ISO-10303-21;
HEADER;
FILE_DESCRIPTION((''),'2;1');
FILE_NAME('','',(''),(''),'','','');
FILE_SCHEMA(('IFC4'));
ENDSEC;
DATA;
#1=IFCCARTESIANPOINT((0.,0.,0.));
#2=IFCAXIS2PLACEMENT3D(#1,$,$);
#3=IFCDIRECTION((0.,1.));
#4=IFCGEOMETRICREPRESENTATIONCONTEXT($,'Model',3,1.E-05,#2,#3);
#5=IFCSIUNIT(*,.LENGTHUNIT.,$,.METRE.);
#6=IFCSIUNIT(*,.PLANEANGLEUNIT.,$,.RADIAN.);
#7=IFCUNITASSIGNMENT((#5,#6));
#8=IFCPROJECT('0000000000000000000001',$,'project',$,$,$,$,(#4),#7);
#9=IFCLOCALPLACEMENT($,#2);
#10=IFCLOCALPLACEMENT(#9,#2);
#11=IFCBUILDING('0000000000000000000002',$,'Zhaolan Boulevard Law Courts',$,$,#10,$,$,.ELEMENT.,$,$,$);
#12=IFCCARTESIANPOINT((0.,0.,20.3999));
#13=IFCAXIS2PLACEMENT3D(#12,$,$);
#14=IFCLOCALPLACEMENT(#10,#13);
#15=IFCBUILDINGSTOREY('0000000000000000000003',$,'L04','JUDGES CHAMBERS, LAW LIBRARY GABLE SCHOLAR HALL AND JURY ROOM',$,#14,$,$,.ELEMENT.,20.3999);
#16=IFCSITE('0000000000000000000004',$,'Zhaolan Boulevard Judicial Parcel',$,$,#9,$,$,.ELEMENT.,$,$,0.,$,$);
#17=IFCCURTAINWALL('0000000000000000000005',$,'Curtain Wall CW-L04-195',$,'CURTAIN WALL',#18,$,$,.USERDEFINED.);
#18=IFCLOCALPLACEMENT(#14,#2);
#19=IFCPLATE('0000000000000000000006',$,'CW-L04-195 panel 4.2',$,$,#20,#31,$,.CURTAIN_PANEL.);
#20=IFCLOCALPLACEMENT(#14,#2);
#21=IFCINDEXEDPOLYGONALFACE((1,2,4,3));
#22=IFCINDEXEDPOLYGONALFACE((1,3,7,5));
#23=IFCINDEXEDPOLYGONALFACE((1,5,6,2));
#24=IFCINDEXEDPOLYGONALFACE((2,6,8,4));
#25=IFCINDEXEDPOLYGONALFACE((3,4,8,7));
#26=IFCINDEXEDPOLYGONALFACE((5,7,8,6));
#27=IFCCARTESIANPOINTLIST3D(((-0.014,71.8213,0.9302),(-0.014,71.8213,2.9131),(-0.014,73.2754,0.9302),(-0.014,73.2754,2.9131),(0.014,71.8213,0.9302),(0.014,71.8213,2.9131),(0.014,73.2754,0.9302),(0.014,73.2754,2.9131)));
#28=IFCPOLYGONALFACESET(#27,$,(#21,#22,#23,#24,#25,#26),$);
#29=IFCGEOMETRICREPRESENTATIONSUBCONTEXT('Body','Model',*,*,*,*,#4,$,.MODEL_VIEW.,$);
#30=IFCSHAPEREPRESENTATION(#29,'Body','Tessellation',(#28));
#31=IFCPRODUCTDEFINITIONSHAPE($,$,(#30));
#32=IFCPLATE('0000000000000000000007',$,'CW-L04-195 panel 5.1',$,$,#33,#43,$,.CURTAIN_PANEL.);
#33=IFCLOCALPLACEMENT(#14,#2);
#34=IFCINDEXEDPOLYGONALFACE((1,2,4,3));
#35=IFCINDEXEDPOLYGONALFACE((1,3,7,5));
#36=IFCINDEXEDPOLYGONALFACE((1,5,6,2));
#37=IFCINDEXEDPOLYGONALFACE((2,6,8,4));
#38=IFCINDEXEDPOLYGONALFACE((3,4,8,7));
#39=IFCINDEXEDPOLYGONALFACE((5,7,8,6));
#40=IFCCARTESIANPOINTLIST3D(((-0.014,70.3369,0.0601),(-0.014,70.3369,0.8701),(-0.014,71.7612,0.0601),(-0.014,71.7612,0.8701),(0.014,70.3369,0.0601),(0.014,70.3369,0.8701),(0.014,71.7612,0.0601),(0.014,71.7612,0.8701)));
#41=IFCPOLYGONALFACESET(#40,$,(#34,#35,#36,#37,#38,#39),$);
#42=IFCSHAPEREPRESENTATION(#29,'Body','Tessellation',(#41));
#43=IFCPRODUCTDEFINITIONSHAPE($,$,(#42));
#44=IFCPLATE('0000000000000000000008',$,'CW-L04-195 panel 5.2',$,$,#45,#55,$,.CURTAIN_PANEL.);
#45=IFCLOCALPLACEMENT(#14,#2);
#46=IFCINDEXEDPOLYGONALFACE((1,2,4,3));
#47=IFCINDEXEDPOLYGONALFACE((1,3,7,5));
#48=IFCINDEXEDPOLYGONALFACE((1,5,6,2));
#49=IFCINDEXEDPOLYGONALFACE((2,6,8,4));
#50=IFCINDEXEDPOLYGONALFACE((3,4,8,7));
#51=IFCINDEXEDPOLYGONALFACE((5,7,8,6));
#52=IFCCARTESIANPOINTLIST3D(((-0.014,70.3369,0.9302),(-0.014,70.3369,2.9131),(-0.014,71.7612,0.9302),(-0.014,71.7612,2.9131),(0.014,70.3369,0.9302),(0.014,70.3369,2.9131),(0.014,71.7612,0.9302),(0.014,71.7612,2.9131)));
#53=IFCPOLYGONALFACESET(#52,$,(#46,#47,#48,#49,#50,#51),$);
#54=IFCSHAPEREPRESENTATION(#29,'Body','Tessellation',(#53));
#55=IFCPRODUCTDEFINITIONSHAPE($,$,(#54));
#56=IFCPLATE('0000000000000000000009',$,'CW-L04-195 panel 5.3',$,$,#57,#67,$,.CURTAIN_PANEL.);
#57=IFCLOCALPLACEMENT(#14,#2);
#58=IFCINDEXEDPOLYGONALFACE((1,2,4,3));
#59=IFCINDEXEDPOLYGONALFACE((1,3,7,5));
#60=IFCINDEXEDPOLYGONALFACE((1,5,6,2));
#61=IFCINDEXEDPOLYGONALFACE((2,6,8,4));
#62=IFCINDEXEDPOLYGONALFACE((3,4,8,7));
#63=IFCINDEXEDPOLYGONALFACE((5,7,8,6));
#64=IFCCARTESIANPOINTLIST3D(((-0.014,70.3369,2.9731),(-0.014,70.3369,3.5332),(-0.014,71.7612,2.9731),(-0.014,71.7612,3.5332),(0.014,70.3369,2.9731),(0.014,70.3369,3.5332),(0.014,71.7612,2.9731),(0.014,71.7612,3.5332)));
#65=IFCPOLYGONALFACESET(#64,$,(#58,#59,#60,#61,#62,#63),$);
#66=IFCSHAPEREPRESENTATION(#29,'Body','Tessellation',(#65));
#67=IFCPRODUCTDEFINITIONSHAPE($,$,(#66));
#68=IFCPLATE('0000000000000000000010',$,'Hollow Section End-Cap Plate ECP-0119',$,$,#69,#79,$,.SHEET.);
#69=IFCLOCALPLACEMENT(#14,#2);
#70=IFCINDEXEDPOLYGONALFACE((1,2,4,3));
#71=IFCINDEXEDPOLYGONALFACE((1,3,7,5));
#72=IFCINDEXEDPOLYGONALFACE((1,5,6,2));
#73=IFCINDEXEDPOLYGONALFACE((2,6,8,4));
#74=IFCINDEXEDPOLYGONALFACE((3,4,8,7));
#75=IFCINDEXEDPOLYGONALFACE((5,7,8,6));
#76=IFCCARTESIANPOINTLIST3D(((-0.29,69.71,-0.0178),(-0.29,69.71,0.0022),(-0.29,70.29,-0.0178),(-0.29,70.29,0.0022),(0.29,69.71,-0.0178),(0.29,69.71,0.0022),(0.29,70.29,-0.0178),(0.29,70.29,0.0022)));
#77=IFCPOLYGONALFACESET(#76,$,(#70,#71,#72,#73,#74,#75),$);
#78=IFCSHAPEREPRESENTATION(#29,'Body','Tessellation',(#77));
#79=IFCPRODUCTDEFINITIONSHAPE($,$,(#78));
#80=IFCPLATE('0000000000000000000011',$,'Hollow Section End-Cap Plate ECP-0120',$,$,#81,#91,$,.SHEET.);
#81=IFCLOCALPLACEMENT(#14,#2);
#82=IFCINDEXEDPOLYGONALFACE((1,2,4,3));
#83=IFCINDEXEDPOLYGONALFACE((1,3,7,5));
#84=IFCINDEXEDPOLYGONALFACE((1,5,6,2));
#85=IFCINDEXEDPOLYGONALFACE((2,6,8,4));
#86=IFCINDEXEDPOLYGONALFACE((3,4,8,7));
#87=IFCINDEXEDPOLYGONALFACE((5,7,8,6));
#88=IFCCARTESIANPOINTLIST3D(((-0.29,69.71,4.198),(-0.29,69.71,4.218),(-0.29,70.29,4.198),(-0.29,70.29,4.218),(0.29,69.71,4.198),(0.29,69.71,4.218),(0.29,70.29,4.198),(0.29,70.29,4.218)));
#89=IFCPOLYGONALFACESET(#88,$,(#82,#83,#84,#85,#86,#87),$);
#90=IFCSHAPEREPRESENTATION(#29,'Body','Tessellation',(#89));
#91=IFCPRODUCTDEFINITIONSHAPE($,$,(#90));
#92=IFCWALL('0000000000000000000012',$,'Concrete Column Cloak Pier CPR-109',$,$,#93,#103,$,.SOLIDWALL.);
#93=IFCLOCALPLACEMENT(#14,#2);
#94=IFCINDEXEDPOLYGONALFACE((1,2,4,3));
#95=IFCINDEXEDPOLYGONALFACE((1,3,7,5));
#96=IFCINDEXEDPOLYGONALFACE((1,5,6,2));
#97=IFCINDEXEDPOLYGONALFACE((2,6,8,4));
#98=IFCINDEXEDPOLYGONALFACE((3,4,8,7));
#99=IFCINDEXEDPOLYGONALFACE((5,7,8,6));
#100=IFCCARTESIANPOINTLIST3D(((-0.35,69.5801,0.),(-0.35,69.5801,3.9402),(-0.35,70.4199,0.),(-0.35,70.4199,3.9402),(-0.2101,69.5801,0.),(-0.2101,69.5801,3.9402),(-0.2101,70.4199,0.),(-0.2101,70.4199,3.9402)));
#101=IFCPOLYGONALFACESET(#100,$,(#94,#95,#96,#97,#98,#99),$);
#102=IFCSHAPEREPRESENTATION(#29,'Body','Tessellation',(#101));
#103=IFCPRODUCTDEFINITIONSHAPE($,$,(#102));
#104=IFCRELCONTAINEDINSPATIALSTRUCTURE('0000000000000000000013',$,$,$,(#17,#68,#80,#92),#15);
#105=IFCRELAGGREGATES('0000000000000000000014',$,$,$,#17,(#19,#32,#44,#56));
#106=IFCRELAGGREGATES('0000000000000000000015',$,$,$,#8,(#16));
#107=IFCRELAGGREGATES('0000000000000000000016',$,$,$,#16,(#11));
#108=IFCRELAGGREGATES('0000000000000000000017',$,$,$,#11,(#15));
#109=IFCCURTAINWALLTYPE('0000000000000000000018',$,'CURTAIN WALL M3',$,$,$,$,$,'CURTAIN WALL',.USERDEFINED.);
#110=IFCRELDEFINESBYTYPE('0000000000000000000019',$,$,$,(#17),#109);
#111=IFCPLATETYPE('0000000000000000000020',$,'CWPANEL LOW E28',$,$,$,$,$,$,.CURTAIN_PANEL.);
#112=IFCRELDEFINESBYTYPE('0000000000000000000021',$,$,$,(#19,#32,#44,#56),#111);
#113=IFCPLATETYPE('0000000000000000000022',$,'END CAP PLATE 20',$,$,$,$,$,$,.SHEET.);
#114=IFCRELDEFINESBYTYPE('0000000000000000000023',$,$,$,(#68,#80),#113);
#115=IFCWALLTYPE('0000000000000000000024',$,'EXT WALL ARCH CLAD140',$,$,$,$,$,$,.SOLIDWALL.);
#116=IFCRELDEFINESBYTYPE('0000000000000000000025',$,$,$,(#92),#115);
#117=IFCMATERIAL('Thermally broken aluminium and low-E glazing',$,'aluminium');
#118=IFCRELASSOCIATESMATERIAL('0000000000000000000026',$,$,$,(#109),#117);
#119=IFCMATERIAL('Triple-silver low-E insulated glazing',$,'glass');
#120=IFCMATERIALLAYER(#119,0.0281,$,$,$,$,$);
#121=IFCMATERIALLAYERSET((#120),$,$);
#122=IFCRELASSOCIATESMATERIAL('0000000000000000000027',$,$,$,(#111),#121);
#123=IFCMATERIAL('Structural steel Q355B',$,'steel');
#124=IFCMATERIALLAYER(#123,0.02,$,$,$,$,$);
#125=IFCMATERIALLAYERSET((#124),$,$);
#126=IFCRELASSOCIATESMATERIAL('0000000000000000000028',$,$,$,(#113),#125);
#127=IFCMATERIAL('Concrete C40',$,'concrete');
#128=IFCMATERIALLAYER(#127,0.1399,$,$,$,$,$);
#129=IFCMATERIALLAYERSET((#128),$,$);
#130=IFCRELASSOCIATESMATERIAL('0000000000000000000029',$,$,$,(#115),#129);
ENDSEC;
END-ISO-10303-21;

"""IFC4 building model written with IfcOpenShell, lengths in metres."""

from ifc_helpers import new_model, si_unit, direction, frame, frame_2d, origin, origin_2d, place, context, subcontext, project, spatial, rectangle, extrude, material, layer, layer_set, type_object, element, aggregate, save


model = new_model("IFC4")

# Units and contexts
model_context = context("Model", 3, precision=1e-05, world=origin(), true_north=direction((0.0, 1.0)))
body_context = subcontext(model_context, "Body", "Model", "MODEL_VIEW")
ifc_project = project(units=[si_unit("LENGTHUNIT", "METRE"), si_unit("PLANEANGLEUNIT", "RADIAN")], contexts=[model_context])

# Site, building, storey
site_placement = place(None, origin())
site = spatial("IfcSite", under=ifc_project, at=site_placement, Name="Zhaolan Boulevard Judicial Parcel", CompositionType="ELEMENT", RefElevation=0.0)
building_placement = place(site_placement, origin())
building = spatial("IfcBuilding", under=site, at=building_placement, Name="Zhaolan Boulevard Law Courts", CompositionType="ELEMENT")
storey_placement = place(building_placement, frame((0.0, 0.0, 20.3999)))
storey = spatial("IfcBuildingStorey", under=building, at=storey_placement, Name="L04", Description="JUDGES CHAMBERS, LAW LIBRARY GABLE SCHOLAR HALL AND JURY ROOM", CompositionType="ELEMENT", Elevation=20.3999)

# Curtain wall
ifc_material_1 = material(Name="Thermally broken aluminium and low-E glazing", Category="aluminium")
curtain_wall_type_1 = type_object("IfcCurtainWallType", Name="CURTAIN WALL M3", ElementType="CURTAIN WALL", PredefinedType="USERDEFINED", material=ifc_material_1)
curtain_wall_1_placement = place(storey_placement, origin())
curtain_wall_1 = element("IfcCurtainWall", 1, at=curtain_wall_1_placement, inside=storey, type_object=curtain_wall_type_1, Name="Curtain Wall CW-L04-195", ObjectType="CURTAIN WALL", PredefinedType="USERDEFINED")

# Plates
ifc_material_2 = material(Name="Triple-silver low-E insulated glazing", Category="glass")
ifc_layer_1 = layer(ifc_material_2, 0.0281)
ifc_layer_set_1 = layer_set([ifc_layer_1])
plate_type_1 = type_object("IfcPlateType", Name="CWPANEL LOW E28", PredefinedType="CURTAIN_PANEL", material=ifc_layer_set_1)
plate_1_placement = place(storey_placement, frame((0.0, 72.5483, 0.9302), z_axis=(0.0, 0.0, 1.0), x_axis=(0.0, -1.0, 0.0)))
plate_1 = element("IfcPlate", 2, at=plate_1_placement, type_object=plate_type_1, Name="CW-L04-195 panel 4.2", PredefinedType="CURTAIN_PANEL", context=body_context, shape_type="SweptSolid", body=[
    extrude(rectangle(XDim=1.4541, YDim=0.0281, at=origin_2d()), origin(), (0.0, 0.0, 1.0), 1.9829),
])
plate_2_placement = place(storey_placement, frame((0.0, 71.0491, 0.0601), z_axis=(0.0, 0.0, 1.0), x_axis=(0.0, -1.0, 0.0)))
plate_2 = element("IfcPlate", 3, at=plate_2_placement, type_object=plate_type_1, Name="CW-L04-195 panel 5.1", PredefinedType="CURTAIN_PANEL", context=body_context, shape_type="SweptSolid", body=[
    extrude(rectangle(XDim=1.4243, YDim=0.0281, at=origin_2d()), origin(), (0.0, 0.0, 1.0), 0.8101),
])
plate_3_placement = place(storey_placement, frame((0.0, 71.0491, 0.9302), z_axis=(0.0, 0.0, 1.0), x_axis=(0.0, -1.0, 0.0)))
plate_3 = element("IfcPlate", 4, at=plate_3_placement, type_object=plate_type_1, Name="CW-L04-195 panel 5.2", PredefinedType="CURTAIN_PANEL", context=body_context, shape_type="SweptSolid", body=[
    extrude(rectangle(XDim=1.4243, YDim=0.0281, at=origin_2d()), origin(), (0.0, 0.0, 1.0), 1.9829),
])
plate_4_placement = place(storey_placement, frame((0.0, 71.0491, 2.9731), z_axis=(0.0, 0.0, 1.0), x_axis=(0.0, -1.0, 0.0)))
plate_4 = element("IfcPlate", 5, at=plate_4_placement, type_object=plate_type_1, Name="CW-L04-195 panel 5.3", PredefinedType="CURTAIN_PANEL", context=body_context, shape_type="SweptSolid", body=[
    extrude(rectangle(XDim=1.4243, YDim=0.0281, at=origin_2d()), origin(), (0.0, 0.0, 1.0), 0.5601),
])
aggregate(curtain_wall_1, [plate_1, plate_2, plate_3, plate_4])

# Plates
ifc_material_3 = material(Name="Structural steel Q355B", Category="steel")
ifc_layer_2 = layer(ifc_material_3, 0.02)
ifc_layer_set_2 = layer_set([ifc_layer_2])
plate_type_2 = type_object("IfcPlateType", Name="END CAP PLATE 20", PredefinedType="SHEET", material=ifc_layer_set_2)
for number, where, z_axis, x_axis, name in (
    (6, (0.0, 70.0, -0.0178), (0.0, 0.0, 1.0), (1.0, 0.0, 0.0), "Hollow Section End-Cap Plate ECP-0119"),
    (7, (0.0, 70.0, 4.198), (0.0, 0.0, 1.0), (1.0, 0.0, 0.0), "Hollow Section End-Cap Plate ECP-0120"),
):
    element("IfcPlate", number, at=place(storey_placement, frame(where, z_axis=z_axis, x_axis=x_axis)), inside=storey, type_object=plate_type_2, Name=name, PredefinedType="SHEET", context=body_context, shape_type="SweptSolid", body=[
        extrude(rectangle(XDim=0.5801, YDim=0.5801, at=origin_2d()), origin(), (0.0, 0.0, 1.0), 0.02),
    ])

# Wall
ifc_material_4 = material(Name="Concrete C40", Category="concrete")
ifc_layer_3 = layer(ifc_material_4, 0.1399)
ifc_layer_set_3 = layer_set([ifc_layer_3])
wall_type = type_object("IfcWallType", Name="EXT WALL ARCH CLAD140", PredefinedType="SOLIDWALL", material=ifc_layer_set_3)
wall_placement = place(storey_placement, frame((-0.28, 69.5801, 0.0), z_axis=(0.0, 0.0, 1.0), x_axis=(0.0, 1.0, 0.0)))
element("IfcWall", 8, at=wall_placement, inside=storey, type_object=wall_type, Name="Concrete Column Cloak Pier CPR-109", PredefinedType="SOLIDWALL", context=body_context, shape_type="SweptSolid", body=[
    extrude(rectangle(XDim=0.8398, YDim=0.1399, at=frame_2d((0.4199, 0.0))), origin(), (0.0, 0.0, 1.0), 3.9402),
])

save(model, "model.ifc")
